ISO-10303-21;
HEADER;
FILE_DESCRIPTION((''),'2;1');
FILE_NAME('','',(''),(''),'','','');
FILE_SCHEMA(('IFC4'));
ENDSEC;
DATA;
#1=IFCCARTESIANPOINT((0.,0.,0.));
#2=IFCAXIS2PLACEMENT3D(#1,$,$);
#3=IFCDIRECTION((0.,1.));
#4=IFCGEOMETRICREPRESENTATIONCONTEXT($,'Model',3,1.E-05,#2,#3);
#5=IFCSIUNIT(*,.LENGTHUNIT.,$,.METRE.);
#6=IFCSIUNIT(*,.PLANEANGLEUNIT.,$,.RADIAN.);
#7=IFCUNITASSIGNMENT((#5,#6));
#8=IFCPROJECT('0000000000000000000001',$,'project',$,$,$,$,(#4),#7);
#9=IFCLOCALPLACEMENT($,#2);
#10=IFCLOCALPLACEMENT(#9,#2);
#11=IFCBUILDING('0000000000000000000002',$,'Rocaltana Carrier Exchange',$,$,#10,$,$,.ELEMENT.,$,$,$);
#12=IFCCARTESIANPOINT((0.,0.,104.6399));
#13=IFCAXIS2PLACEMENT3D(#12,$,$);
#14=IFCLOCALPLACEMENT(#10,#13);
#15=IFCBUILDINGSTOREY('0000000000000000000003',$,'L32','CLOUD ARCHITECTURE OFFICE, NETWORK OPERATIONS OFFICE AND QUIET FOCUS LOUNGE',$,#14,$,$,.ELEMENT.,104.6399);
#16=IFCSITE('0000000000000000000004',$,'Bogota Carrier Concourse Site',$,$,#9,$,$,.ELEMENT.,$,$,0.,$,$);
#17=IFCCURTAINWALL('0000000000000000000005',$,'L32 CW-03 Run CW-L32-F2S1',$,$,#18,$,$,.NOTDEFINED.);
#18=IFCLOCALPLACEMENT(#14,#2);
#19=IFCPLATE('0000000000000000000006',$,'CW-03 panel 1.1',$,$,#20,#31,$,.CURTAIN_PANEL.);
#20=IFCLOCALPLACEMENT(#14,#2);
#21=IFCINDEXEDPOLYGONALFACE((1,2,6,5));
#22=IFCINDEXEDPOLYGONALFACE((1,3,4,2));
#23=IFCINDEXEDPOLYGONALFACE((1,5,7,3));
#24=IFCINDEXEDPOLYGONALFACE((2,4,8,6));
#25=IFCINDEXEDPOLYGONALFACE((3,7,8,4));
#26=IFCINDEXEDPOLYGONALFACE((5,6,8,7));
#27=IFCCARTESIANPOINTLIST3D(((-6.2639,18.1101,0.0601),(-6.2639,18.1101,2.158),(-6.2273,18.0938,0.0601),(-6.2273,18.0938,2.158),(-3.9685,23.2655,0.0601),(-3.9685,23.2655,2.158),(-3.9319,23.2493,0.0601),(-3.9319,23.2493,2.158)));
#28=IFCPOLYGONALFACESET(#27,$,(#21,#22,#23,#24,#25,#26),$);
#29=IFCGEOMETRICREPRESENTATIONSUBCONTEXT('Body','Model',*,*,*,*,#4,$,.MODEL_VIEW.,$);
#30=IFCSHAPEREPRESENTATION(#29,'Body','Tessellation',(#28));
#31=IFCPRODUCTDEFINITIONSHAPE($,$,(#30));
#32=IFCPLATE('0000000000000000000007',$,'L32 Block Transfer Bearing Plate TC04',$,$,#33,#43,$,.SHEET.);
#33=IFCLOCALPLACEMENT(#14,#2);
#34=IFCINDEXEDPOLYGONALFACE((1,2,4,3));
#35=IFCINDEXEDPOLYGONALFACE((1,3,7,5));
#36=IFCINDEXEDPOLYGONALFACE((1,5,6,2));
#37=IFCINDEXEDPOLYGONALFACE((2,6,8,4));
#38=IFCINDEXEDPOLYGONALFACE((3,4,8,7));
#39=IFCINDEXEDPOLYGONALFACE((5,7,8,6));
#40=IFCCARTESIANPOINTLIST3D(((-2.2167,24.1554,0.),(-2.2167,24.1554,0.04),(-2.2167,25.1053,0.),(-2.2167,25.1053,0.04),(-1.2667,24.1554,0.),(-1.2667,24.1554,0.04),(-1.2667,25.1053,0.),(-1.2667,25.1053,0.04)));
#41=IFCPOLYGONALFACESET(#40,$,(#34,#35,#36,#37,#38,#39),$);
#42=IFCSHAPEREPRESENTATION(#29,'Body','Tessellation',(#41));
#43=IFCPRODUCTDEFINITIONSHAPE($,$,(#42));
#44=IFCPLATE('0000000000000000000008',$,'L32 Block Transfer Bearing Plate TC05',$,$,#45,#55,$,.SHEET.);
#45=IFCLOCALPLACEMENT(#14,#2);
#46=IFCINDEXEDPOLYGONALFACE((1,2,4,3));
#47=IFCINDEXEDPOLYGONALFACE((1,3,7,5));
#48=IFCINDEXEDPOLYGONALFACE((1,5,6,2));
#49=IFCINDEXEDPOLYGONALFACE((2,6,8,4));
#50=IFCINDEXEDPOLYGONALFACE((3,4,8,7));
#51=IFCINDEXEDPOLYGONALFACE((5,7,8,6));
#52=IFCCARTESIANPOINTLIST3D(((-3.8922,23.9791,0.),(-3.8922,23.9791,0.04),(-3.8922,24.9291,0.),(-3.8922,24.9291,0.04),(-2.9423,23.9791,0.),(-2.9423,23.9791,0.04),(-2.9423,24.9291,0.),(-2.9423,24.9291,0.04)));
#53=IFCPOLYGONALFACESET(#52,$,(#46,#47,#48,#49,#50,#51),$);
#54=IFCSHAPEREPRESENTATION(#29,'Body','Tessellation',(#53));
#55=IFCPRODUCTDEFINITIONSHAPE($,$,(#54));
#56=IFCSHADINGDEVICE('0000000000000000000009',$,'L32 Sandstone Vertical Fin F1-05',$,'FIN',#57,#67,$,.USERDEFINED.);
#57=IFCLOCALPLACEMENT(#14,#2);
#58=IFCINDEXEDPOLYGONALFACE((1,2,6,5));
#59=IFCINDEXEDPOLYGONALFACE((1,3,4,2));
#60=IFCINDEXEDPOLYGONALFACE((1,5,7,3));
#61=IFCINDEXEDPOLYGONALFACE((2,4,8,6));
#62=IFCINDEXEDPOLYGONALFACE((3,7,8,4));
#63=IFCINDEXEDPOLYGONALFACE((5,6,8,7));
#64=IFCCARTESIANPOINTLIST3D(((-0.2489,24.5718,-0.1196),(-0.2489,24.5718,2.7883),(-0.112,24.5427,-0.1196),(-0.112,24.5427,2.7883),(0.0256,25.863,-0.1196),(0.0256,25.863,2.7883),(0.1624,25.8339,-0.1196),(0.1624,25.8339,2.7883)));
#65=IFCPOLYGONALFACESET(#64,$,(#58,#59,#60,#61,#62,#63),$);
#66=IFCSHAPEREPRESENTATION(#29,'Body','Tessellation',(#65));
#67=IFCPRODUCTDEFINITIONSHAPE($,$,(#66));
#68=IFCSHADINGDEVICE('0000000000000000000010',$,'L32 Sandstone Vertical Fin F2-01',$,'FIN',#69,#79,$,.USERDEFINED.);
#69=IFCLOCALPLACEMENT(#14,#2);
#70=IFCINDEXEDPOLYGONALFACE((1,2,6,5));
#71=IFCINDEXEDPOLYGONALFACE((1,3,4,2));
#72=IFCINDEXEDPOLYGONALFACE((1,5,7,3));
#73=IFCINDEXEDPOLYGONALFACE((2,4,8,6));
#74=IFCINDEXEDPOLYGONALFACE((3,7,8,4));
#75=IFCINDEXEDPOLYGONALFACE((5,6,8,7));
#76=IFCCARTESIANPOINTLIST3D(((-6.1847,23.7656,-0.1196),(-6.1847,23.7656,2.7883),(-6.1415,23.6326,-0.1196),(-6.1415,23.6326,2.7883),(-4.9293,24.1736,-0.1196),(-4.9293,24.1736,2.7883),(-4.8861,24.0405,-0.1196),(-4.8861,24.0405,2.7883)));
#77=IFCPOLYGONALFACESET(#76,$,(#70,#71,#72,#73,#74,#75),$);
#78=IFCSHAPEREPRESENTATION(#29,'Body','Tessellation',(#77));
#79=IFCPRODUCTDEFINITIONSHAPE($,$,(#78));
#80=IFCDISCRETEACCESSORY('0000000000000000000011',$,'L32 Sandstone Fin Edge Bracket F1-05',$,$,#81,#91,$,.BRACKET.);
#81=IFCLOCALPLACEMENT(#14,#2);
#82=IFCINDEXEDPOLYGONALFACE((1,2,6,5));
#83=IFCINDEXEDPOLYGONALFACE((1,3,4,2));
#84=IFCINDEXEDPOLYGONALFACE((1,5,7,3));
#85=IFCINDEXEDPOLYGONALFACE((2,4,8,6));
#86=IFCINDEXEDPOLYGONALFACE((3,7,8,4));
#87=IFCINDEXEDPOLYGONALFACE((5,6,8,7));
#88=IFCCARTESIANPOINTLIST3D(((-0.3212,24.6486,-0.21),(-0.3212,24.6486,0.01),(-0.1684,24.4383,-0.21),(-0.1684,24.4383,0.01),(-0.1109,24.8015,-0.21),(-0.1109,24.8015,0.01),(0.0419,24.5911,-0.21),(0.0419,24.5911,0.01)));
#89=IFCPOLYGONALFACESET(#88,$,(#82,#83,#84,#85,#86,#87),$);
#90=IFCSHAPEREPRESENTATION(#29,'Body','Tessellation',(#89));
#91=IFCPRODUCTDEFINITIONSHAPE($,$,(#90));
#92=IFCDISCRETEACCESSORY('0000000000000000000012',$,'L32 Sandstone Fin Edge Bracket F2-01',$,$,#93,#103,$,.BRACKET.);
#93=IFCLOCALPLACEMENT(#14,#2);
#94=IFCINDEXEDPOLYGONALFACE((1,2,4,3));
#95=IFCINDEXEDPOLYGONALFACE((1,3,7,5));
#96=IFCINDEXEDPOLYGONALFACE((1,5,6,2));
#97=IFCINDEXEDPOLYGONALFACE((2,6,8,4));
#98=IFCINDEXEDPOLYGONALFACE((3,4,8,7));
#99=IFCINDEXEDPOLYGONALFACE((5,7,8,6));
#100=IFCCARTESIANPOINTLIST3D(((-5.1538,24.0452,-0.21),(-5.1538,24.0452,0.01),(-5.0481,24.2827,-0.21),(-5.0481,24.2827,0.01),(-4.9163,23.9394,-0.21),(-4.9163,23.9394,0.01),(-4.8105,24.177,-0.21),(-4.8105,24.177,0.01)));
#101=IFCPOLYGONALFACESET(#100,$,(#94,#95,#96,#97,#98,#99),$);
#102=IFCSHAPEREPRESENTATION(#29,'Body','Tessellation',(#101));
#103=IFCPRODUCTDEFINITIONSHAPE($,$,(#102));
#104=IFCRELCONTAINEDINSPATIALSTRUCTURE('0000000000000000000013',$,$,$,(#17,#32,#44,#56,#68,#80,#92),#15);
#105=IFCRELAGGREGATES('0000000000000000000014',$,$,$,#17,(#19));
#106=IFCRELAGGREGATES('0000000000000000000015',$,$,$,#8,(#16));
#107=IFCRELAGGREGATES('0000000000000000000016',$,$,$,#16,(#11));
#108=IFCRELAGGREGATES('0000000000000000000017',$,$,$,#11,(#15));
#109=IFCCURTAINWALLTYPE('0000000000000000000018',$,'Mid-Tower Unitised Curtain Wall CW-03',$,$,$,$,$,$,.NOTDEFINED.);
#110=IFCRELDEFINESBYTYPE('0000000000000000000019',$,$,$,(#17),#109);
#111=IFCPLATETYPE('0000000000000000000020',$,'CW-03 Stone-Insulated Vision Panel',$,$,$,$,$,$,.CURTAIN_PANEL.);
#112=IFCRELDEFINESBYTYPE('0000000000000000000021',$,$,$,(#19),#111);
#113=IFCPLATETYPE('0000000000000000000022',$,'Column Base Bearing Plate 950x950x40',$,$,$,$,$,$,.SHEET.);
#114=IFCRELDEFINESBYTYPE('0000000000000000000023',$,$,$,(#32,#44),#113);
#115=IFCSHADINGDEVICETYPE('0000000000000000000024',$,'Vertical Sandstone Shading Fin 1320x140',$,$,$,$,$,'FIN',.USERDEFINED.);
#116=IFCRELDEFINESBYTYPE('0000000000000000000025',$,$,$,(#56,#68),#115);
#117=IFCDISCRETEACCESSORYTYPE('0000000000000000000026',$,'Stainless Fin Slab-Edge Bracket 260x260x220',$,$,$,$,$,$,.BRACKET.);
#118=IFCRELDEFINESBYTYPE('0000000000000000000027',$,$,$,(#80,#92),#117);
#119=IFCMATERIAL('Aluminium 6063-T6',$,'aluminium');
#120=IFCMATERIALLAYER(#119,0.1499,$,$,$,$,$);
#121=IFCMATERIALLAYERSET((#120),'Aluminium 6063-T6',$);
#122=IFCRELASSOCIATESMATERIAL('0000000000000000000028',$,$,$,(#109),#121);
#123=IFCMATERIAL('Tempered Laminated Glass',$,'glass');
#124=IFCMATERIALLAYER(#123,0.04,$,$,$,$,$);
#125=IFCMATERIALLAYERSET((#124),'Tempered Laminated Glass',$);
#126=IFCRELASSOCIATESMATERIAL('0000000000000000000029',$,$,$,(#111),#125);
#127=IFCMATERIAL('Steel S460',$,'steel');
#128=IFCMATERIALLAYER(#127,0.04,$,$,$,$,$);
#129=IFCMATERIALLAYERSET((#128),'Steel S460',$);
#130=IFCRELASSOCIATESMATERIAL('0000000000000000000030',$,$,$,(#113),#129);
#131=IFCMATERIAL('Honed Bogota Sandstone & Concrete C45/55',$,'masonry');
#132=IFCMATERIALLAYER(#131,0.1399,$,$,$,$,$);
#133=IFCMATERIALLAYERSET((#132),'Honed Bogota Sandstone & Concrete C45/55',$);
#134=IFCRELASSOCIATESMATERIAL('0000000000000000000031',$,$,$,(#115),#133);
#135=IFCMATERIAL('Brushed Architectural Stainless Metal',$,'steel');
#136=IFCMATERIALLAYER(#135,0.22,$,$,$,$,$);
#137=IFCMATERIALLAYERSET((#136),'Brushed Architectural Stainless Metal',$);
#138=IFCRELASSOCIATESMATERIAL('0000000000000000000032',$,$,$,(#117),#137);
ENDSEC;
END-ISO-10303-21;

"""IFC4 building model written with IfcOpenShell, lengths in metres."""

from ifc_helpers import new_model, si_unit, direction, frame, origin, origin_2d, place, context, subcontext, project, spatial, rectangle, extrude, material, layer, layer_set, type_object, element, aggregate, save


model = new_model("IFC4")

# Units and contexts
model_context = context("Model", 3, precision=1e-05, world=origin(), true_north=direction((0.0, 1.0)))
body_context = subcontext(model_context, "Body", "Model", "MODEL_VIEW")
ifc_project = project(units=[si_unit("LENGTHUNIT", "METRE"), si_unit("PLANEANGLEUNIT", "RADIAN")], contexts=[model_context])

# Site, building, storey
site_placement = place(None, origin())
site = spatial("IfcSite", under=ifc_project, at=site_placement, Name="Bogota Carrier Concourse Site", CompositionType="ELEMENT", RefElevation=0.0)
building_placement = place(site_placement, origin())
building = spatial("IfcBuilding", under=site, at=building_placement, Name="Rocaltana Carrier Exchange", CompositionType="ELEMENT")
storey_placement = place(building_placement, frame((0.0, 0.0, 104.6399)))
storey = spatial("IfcBuildingStorey", under=building, at=storey_placement, Name="L32", Description="CLOUD ARCHITECTURE OFFICE, NETWORK OPERATIONS OFFICE AND QUIET FOCUS LOUNGE", CompositionType="ELEMENT", Elevation=104.6399)

# Shared definitions
ifc_material_1 = material(Name="Aluminium 6063-T6", Category="aluminium")
ifc_layer_1 = layer(ifc_material_1, 0.1499)
ifc_layer_set_1 = layer_set([ifc_layer_1], Name="Aluminium 6063-T6")
curtain_wall_type = type_object("IfcCurtainWallType", Name="Mid-Tower Unitised Curtain Wall CW-03", PredefinedType="NOTDEFINED", material=ifc_layer_set_1)

# Curtain wall
curtain_wall_1_placement = place(storey_placement, origin())
curtain_wall_1 = element("IfcCurtainWall", 1, at=curtain_wall_1_placement, inside=storey, type_object=curtain_wall_type, Name="L32 CW-03 Run CW-L32-F2S1", PredefinedType="NOTDEFINED")

# Plate
ifc_material_2 = material(Name="Tempered Laminated Glass", Category="glass")
ifc_layer_2 = layer(ifc_material_2, 0.04)
ifc_layer_set_2 = layer_set([ifc_layer_2], Name="Tempered Laminated Glass")
plate_type_1 = type_object("IfcPlateType", Name="CW-03 Stone-Insulated Vision Panel", PredefinedType="CURTAIN_PANEL", material=ifc_layer_set_2)
plate_placement = place(storey_placement, frame((-5.0979, 20.6797, 0.0601), z_axis=(0.0, 0.0, 1.0), x_axis=(-0.40674, -0.913544, 0.0)))
plate = element("IfcPlate", 2, at=plate_placement, type_object=plate_type_1, Name="CW-03 panel 1.1", PredefinedType="CURTAIN_PANEL", context=body_context, shape_type="SweptSolid", body=[
    extrude(rectangle(XDim=5.6433, YDim=0.04, at=origin_2d()), origin(), (0.0, 0.0, 1.0), 2.0979),
])
aggregate(curtain_wall_1, [plate])

# Plates
ifc_material_3 = material(Name="Steel S460", Category="steel")
ifc_layer_3 = layer(ifc_material_3, 0.04)
ifc_layer_set_3 = layer_set([ifc_layer_3], Name="Steel S460")
plate_type_2 = type_object("IfcPlateType", Name="Column Base Bearing Plate 950x950x40", PredefinedType="SHEET", material=ifc_layer_set_3)
for number, where, z_axis, x_axis, name in (
    (3, (-1.7417, 24.6304, 0.0), (0.0, 0.0, 1.0), (1.0, 0.0, 0.0), "L32 Block Transfer Bearing Plate TC04"),
    (4, (-3.4172, 24.4541, 0.0), (0.0, 0.0, 1.0), (1.0, 0.0, 0.0), "L32 Block Transfer Bearing Plate TC05"),
):
    element("IfcPlate", number, at=place(storey_placement, frame(where, z_axis=z_axis, x_axis=x_axis)), inside=storey, type_object=plate_type_2, Name=name, PredefinedType="SHEET", context=body_context, shape_type="SweptSolid", body=[
        extrude(rectangle(XDim=0.95, YDim=0.95, at=origin_2d()), origin(), (0.0, 0.0, 1.0), 0.04),
    ])

# Shading devices
ifc_material_4 = material(Name="Honed Bogota Sandstone & Concrete C45/55", Category="masonry")
ifc_layer_4 = layer(ifc_material_4, 0.1399)
ifc_layer_set_4 = layer_set([ifc_layer_4], Name="Honed Bogota Sandstone & Concrete C45/55")
shading_device_type = type_object("IfcShadingDeviceType", Name="Vertical Sandstone Shading Fin 1320x140", ElementType="FIN", PredefinedType="USERDEFINED", material=ifc_layer_set_4)
for number, where, z_axis, x_axis, name in (
    (5, (-0.0432, 25.2029, -0.1196), (0.0, 0.0, 1.0), (0.207912, 0.978148, 0.0), "L32 Sandstone Vertical Fin F1-05"),
    (6, (-5.5354, 23.9031, -0.1196), (0.0, 0.0, 1.0), (-0.951057, -0.309017, 0.0), "L32 Sandstone Vertical Fin F2-01"),
):
    element("IfcShadingDevice", number, at=place(storey_placement, frame(where, z_axis=z_axis, x_axis=x_axis)), inside=storey, type_object=shading_device_type, Name=name, ObjectType="FIN", PredefinedType="USERDEFINED", context=body_context, shape_type="SweptSolid", body=[
        extrude(rectangle(XDim=1.3201, YDim=0.1399, at=origin_2d()), origin(), (0.0, 0.0, 1.0), 2.908),
    ])

# Discrete accessories
ifc_material_5 = material(Name="Brushed Architectural Stainless Metal", Category="steel")
ifc_layer_5 = layer(ifc_material_5, 0.22)
ifc_layer_set_5 = layer_set([ifc_layer_5], Name="Brushed Architectural Stainless Metal")
discrete_accessory_type = type_object("IfcDiscreteAccessoryType", Name="Stainless Fin Slab-Edge Bracket 260x260x220", PredefinedType="BRACKET", material=ifc_layer_set_5)
for number, where, z_axis, x_axis, name in (
    (7, (-0.1396, 24.6199, -0.21), (0.0, 0.0, 1.0), (-0.587785, 0.809017, 0.0), "L32 Sandstone Fin Edge Bracket F1-05"),
    (8, (-4.9822, 24.1111, -0.21), (0.0, 0.0, 1.0), (-0.406737, -0.913545, 0.0), "L32 Sandstone Fin Edge Bracket F2-01"),
):
    element("IfcDiscreteAccessory", number, at=place(storey_placement, frame(where, z_axis=z_axis, x_axis=x_axis)), inside=storey, type_object=discrete_accessory_type, Name=name, PredefinedType="BRACKET", context=body_context, shape_type="SweptSolid", body=[
        extrude(rectangle(XDim=0.26, YDim=0.26, at=origin_2d()), origin(), (0.0, 0.0, 1.0), 0.22),
    ])

save(model, "model.ifc")
